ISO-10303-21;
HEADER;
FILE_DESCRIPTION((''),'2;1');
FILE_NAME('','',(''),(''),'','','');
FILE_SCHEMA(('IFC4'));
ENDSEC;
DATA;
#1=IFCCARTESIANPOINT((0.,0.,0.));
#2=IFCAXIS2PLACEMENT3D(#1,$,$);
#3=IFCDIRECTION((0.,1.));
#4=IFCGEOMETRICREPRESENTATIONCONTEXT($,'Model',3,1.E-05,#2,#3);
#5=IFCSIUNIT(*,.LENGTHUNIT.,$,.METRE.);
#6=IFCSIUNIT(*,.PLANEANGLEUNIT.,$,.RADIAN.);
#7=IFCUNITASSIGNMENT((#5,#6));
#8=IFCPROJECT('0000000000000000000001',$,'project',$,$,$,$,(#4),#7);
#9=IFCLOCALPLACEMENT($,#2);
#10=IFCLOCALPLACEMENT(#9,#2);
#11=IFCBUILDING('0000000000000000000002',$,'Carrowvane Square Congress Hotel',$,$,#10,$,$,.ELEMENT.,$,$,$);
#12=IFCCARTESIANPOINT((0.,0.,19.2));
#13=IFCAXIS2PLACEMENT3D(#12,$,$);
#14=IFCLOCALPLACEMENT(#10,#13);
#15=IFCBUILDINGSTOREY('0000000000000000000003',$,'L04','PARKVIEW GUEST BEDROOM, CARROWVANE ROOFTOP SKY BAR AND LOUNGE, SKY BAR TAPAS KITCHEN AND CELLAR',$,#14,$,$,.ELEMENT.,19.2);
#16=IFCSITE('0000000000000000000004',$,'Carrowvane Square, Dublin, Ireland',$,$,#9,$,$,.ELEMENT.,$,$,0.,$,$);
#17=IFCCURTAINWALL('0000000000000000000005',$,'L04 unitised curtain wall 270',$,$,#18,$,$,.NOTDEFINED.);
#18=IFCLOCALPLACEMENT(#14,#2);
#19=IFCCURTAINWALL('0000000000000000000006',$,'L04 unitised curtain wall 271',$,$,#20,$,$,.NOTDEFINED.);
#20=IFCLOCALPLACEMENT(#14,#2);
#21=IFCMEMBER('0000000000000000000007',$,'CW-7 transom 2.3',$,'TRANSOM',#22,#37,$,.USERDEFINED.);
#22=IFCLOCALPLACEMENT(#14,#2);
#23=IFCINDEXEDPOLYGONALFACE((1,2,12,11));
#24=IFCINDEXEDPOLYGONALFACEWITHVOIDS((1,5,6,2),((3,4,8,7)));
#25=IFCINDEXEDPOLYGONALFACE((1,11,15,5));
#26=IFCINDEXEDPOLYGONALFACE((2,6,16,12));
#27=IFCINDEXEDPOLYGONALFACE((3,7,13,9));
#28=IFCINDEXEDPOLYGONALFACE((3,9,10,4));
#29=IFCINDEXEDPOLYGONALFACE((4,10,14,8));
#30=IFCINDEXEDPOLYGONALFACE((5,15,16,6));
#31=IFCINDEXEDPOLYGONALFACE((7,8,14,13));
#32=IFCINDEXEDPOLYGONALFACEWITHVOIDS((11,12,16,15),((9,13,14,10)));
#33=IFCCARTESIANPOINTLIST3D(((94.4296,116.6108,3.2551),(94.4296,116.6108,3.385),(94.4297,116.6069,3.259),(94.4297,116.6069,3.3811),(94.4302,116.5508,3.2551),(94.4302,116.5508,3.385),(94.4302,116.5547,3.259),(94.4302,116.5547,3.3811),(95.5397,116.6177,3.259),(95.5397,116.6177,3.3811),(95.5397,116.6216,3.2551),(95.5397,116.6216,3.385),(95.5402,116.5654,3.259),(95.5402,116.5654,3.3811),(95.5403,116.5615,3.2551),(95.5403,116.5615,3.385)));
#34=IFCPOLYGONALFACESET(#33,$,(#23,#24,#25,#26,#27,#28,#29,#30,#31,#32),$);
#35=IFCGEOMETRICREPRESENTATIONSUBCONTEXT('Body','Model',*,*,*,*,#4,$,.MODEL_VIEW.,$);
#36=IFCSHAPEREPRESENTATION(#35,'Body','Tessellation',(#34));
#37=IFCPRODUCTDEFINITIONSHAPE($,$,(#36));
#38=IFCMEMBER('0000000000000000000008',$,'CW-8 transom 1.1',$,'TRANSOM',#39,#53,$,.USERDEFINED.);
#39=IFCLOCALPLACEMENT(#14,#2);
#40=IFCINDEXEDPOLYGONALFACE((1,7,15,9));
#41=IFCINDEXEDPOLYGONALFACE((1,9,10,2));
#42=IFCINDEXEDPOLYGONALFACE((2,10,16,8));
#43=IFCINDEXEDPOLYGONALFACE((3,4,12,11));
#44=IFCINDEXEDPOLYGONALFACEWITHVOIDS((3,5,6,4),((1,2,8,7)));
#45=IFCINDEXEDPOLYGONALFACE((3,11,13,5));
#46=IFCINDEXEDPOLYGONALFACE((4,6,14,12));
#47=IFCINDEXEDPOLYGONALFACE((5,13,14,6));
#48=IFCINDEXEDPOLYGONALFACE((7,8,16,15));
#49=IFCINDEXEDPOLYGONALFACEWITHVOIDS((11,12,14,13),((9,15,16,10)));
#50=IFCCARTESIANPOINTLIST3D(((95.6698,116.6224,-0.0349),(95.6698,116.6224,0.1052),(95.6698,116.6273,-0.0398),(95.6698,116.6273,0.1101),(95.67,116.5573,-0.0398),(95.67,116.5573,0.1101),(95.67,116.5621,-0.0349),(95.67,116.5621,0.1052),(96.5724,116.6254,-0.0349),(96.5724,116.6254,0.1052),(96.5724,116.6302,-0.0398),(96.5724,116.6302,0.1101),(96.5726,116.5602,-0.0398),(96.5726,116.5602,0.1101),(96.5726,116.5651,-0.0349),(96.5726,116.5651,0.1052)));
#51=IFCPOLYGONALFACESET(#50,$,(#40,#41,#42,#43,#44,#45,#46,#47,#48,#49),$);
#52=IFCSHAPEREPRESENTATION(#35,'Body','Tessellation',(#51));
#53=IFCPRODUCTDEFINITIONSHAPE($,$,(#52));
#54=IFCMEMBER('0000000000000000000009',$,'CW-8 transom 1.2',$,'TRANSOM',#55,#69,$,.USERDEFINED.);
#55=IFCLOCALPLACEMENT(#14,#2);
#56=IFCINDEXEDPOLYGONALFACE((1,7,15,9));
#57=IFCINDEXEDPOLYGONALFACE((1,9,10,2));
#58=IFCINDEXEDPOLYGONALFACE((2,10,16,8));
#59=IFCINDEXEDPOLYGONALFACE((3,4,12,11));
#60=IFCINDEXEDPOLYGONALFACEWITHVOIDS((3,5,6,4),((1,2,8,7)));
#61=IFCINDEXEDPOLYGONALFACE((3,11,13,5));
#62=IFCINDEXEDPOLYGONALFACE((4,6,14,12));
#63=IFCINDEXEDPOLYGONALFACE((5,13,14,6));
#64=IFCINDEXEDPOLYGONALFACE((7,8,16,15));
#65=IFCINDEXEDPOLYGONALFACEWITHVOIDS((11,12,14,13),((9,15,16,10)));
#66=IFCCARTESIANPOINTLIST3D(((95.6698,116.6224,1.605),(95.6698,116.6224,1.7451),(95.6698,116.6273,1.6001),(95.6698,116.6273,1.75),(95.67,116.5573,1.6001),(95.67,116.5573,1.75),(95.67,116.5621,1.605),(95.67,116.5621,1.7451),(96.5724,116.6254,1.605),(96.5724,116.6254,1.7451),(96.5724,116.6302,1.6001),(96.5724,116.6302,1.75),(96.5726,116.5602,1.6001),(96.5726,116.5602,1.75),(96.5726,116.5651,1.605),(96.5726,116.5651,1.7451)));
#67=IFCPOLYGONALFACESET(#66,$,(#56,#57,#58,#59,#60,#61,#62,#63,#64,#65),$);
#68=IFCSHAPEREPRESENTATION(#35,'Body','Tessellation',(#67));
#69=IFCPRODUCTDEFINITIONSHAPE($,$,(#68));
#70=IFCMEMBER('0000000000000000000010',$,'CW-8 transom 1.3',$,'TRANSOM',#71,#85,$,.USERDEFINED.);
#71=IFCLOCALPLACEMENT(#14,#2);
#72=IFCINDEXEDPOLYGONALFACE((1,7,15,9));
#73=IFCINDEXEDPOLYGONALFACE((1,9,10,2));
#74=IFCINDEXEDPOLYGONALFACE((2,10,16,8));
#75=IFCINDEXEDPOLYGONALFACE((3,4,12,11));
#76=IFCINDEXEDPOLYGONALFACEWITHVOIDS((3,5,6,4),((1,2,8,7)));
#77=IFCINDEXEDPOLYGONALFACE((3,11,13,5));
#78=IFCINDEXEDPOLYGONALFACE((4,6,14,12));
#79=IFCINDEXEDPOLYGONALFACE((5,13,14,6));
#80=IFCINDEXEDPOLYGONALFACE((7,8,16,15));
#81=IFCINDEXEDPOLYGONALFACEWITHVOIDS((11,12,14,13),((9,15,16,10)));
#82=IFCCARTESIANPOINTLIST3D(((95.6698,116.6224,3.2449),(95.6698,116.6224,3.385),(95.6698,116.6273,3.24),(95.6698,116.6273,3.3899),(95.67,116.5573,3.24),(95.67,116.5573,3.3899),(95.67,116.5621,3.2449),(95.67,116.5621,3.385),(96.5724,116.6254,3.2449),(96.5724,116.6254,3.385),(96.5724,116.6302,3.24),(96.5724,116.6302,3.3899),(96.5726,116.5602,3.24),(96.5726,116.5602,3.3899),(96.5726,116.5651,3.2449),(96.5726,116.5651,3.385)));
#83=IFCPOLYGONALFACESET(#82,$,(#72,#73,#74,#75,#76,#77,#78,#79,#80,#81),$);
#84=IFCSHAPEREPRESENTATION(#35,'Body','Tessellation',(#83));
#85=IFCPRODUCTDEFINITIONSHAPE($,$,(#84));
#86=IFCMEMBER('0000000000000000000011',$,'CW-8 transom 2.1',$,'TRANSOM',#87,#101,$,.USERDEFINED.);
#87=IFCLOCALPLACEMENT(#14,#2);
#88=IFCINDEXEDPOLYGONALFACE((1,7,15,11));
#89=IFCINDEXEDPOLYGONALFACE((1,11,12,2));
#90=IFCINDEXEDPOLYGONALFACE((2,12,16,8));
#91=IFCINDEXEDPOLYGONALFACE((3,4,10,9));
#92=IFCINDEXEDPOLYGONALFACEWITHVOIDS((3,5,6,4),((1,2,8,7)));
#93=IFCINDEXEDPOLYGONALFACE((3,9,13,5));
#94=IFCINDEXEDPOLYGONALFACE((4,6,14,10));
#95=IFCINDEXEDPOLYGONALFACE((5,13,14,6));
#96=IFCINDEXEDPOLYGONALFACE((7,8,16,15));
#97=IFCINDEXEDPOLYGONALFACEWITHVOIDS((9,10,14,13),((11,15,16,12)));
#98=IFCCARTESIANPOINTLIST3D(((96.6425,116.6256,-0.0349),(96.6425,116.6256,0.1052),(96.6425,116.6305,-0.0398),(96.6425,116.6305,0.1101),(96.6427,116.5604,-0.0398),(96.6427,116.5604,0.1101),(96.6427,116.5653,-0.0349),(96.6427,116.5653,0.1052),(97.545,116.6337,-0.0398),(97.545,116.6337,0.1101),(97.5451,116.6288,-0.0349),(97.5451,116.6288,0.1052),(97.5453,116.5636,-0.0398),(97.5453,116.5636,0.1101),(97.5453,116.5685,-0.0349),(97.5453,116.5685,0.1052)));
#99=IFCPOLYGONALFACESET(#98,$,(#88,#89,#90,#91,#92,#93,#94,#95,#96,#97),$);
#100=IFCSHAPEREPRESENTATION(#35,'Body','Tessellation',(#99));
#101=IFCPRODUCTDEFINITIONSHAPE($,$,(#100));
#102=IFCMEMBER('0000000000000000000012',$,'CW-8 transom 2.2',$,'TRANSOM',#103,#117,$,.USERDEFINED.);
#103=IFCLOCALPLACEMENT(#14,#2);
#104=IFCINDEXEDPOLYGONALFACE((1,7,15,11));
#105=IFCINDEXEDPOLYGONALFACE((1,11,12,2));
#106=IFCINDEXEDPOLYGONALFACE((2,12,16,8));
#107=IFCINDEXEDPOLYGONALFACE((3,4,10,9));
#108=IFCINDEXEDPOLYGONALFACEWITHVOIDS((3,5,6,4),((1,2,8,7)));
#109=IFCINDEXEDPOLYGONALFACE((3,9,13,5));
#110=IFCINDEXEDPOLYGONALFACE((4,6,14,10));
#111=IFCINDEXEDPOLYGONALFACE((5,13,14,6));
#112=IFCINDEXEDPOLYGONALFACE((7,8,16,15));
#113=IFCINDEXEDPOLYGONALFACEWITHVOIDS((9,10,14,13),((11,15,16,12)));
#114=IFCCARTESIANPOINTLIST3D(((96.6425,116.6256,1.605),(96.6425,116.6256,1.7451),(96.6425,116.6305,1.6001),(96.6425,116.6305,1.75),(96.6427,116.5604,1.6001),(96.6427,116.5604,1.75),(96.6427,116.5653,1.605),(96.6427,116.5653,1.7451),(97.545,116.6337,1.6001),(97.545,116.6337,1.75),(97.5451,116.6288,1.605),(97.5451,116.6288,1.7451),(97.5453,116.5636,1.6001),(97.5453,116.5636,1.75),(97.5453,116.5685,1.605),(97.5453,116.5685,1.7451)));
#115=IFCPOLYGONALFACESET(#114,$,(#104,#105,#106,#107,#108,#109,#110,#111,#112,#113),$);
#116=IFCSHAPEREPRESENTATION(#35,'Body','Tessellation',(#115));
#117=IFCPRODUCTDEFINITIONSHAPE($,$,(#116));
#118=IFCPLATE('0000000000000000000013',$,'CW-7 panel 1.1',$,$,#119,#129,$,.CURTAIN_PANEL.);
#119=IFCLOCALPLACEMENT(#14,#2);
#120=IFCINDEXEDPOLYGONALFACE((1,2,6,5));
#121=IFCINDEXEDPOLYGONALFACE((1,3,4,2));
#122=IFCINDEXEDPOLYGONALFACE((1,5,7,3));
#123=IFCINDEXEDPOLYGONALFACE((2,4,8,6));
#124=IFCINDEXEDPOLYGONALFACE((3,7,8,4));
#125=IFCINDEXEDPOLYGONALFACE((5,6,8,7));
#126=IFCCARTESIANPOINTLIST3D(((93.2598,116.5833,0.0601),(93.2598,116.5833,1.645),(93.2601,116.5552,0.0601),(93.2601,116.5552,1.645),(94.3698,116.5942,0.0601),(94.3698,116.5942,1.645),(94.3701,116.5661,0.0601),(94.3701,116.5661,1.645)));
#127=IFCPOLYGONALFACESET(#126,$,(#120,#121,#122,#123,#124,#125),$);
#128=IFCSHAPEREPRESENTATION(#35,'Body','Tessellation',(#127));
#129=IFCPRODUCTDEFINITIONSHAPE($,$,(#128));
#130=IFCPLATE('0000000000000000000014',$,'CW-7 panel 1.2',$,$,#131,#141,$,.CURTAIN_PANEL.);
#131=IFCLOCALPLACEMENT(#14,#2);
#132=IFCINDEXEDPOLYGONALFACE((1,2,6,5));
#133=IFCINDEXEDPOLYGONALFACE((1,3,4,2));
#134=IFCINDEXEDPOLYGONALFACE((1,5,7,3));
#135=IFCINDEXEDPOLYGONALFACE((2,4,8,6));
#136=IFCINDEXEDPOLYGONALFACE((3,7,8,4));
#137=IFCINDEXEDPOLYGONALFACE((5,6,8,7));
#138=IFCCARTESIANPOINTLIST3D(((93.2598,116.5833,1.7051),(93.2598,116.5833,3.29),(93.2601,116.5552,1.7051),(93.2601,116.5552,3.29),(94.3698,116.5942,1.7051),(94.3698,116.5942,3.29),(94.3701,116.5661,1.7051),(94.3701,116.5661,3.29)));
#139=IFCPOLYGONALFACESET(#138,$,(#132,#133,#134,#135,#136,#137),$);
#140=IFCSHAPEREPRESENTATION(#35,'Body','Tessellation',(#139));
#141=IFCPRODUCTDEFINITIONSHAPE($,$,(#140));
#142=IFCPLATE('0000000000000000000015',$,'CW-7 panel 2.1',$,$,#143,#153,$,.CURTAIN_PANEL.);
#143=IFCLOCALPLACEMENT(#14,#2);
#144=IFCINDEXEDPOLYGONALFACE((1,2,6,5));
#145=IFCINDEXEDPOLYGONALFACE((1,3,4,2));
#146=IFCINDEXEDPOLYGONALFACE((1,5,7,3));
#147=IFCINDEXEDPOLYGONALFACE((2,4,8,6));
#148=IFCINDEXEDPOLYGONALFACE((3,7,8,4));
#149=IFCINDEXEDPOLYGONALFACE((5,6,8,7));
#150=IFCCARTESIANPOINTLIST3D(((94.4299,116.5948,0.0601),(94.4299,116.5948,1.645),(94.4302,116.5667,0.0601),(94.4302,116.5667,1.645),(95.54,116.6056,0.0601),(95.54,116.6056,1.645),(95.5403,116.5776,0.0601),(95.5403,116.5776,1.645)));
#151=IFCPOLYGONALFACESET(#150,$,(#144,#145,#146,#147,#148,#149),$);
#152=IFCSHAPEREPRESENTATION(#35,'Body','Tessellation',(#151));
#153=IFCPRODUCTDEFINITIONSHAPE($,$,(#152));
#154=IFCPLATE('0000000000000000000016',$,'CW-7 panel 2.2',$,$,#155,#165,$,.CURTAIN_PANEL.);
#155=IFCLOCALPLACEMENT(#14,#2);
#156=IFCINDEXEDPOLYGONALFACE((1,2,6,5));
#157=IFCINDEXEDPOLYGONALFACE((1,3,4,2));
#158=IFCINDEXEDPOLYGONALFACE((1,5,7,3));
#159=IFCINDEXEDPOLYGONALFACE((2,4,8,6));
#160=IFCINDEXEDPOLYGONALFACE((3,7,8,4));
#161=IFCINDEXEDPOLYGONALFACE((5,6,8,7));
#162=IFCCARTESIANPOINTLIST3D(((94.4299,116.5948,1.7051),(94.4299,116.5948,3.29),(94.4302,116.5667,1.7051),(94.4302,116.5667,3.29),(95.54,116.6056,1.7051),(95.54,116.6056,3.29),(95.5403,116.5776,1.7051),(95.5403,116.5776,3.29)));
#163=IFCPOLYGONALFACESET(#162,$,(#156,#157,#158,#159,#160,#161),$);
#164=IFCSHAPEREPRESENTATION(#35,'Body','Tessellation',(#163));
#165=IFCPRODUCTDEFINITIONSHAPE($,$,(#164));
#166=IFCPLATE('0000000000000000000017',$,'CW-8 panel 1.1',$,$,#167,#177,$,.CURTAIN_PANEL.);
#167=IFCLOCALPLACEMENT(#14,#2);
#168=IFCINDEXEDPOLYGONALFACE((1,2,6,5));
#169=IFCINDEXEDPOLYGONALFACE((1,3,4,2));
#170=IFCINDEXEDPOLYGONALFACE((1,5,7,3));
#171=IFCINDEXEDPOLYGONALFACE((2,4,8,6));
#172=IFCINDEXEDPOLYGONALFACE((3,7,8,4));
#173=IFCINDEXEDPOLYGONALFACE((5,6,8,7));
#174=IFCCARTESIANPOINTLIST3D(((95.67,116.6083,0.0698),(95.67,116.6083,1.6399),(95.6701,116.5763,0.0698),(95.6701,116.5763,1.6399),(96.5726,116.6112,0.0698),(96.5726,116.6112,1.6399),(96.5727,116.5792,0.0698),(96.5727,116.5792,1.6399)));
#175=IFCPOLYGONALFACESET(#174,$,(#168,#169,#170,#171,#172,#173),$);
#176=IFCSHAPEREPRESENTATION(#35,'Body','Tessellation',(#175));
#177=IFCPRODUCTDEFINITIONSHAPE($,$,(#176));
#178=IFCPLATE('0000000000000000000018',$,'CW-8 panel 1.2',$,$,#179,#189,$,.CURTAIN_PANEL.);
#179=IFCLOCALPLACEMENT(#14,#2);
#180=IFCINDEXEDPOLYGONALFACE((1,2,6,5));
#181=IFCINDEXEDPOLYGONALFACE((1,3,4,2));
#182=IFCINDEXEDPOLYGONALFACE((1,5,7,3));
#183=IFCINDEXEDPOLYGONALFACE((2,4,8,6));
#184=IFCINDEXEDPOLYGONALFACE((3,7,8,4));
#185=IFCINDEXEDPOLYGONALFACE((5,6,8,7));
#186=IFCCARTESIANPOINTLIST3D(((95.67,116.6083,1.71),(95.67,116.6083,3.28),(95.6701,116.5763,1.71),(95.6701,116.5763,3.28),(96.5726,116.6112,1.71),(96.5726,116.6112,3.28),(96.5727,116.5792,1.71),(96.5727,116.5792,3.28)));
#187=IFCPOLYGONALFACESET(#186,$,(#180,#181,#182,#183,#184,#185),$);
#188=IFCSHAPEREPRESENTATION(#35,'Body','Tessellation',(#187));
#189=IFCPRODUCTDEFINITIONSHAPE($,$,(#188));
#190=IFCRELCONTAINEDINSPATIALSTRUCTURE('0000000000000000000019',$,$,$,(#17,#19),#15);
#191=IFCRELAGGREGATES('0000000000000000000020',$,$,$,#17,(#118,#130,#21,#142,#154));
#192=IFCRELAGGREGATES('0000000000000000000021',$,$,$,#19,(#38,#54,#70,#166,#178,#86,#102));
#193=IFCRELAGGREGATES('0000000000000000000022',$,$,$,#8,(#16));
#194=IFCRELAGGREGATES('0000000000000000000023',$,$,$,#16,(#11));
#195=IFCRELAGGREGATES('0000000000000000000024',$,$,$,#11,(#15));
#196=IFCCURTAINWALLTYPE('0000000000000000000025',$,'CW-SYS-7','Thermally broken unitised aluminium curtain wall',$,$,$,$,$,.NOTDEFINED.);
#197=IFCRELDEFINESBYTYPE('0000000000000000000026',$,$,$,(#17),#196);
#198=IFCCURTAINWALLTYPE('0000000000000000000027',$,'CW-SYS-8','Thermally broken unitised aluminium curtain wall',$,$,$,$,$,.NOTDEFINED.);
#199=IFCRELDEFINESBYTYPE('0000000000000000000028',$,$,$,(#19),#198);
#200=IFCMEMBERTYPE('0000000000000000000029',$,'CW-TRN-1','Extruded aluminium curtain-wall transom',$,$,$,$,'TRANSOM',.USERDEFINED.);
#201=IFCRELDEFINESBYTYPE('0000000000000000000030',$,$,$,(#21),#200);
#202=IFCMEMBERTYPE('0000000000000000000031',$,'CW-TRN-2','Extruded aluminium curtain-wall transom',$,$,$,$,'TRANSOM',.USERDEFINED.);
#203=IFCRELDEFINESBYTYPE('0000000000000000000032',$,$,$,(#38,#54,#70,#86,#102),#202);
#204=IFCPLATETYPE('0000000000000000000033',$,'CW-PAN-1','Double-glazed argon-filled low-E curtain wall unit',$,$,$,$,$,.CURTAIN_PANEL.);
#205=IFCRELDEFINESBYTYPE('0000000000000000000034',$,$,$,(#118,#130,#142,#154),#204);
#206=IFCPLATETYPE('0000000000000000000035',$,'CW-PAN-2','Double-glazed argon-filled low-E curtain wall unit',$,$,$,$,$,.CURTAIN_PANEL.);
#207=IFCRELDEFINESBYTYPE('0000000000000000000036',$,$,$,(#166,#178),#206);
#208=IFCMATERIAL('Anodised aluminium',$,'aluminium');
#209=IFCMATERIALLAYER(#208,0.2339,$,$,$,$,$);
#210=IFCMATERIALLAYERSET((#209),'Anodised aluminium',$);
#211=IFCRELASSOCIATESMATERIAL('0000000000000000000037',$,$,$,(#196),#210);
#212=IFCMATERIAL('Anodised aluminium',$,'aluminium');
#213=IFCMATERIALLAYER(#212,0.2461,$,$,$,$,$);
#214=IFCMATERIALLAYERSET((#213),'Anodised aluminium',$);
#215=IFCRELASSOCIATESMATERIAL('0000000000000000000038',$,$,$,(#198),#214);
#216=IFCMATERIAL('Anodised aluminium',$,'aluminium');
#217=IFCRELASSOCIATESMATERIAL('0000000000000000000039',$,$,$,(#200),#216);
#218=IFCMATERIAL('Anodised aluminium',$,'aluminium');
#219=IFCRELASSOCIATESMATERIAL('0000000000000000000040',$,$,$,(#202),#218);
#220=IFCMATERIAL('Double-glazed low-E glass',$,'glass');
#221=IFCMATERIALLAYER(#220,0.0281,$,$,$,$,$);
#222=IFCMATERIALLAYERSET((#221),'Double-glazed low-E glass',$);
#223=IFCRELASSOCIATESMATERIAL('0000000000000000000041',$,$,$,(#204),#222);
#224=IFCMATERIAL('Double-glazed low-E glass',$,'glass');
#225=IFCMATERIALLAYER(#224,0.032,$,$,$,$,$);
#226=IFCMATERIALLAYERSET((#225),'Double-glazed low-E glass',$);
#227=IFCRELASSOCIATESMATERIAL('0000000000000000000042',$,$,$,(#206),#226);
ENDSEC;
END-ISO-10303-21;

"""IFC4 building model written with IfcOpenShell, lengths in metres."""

from ifc_helpers import new_model, si_unit, direction, frame, origin, origin_2d, place, context, subcontext, project, spatial, rectangle, hollow_rectangle, extrude, material, layer, layer_set, material_profile, profile_set, type_object, element, aggregate, save


model = new_model("IFC4")

# Units and contexts
model_context = context("Model", 3, precision=1e-05, world=origin(), true_north=direction((0.0, 1.0)))
body_context = subcontext(model_context, "Body", "Model", "MODEL_VIEW")
ifc_project = project(units=[si_unit("LENGTHUNIT", "METRE"), si_unit("PLANEANGLEUNIT", "RADIAN")], contexts=[model_context])

# Site, building, storey
site_placement = place(None, origin())
site = spatial("IfcSite", under=ifc_project, at=site_placement, Name="Carrowvane Square, Dublin, Ireland", CompositionType="ELEMENT", RefElevation=0.0)
building_placement = place(site_placement, origin())
building = spatial("IfcBuilding", under=site, at=building_placement, Name="Carrowvane Square Congress Hotel", CompositionType="ELEMENT")
storey_placement = place(building_placement, frame((0.0, 0.0, 19.2)))
storey = spatial("IfcBuildingStorey", under=building, at=storey_placement, Name="L04", Description="PARKVIEW GUEST BEDROOM, CARROWVANE ROOFTOP SKY BAR AND LOUNGE, SKY BAR TAPAS KITCHEN AND CELLAR", CompositionType="ELEMENT", Elevation=19.2)

# Curtain walls
ifc_material_1 = material(Name="Anodised aluminium", Category="aluminium")
ifc_layer_1 = layer(ifc_material_1, 0.2339)
ifc_layer_set_1 = layer_set([ifc_layer_1], Name="Anodised aluminium")
curtain_wall_type_1 = type_object("IfcCurtainWallType", Name="CW-SYS-7", Description="Thermally broken unitised aluminium curtain wall", PredefinedType="NOTDEFINED", material=ifc_layer_set_1)
curtain_wall_1_placement = place(storey_placement, origin())
curtain_wall_1 = element("IfcCurtainWall", 1, at=curtain_wall_1_placement, inside=storey, type_object=curtain_wall_type_1, Name="L04 unitised curtain wall 270", PredefinedType="NOTDEFINED")
ifc_material_2 = material(Name="Anodised aluminium", Category="aluminium")
ifc_layer_2 = layer(ifc_material_2, 0.2461)
ifc_layer_set_2 = layer_set([ifc_layer_2], Name="Anodised aluminium")
curtain_wall_type_2 = type_object("IfcCurtainWallType", Name="CW-SYS-8", Description="Thermally broken unitised aluminium curtain wall", PredefinedType="NOTDEFINED", material=ifc_layer_set_2)
curtain_wall_2_placement = place(storey_placement, origin())
curtain_wall_2 = element("IfcCurtainWall", 2, at=curtain_wall_2_placement, inside=storey, type_object=curtain_wall_type_2, Name="L04 unitised curtain wall 271", PredefinedType="NOTDEFINED")

# Members
ifc_material_3 = material(Name="Anodised aluminium", Category="aluminium")
ifc_material_profile_1 = material_profile(ifc_material_3, hollow_rectangle(XDim=0.0601, YDim=0.1299, WallThickness=0.0039, at=origin_2d()), Name="CW-TR 60x130x4")
ifc_profile_set_1 = profile_set([ifc_material_profile_1], Name="Anodised aluminium")
member_type_1 = type_object("IfcMemberType", Name="CW-TRN-1", Description="Extruded aluminium curtain-wall transom", ElementType="TRANSOM", PredefinedType="USERDEFINED", material=ifc_profile_set_1)
member_1_placement = place(storey_placement, frame((94.4299, 116.5808, 3.3201), z_axis=(0.999953, 0.009676, 0.0), x_axis=(-0.009676, 0.999953, 0.0)))
member_1 = element("IfcMember", 3, at=member_1_placement, type_object=member_type_1, Name="CW-7 transom 2.3", ObjectType="TRANSOM", PredefinedType="USERDEFINED", context=body_context, shape_type="SweptSolid", body=[
    extrude(hollow_rectangle(XDim=0.0601, YDim=0.1299, WallThickness=0.0039, at=origin_2d()), origin(), (0.0, 0.0, 1.0), 1.1101),
])
ifc_material_4 = material(Name="Anodised aluminium", Category="aluminium")
ifc_material_profile_2 = material_profile(ifc_material_4, hollow_rectangle(XDim=0.0701, YDim=0.1499, WallThickness=0.0049, at=origin_2d()), Name="CW-TR 70x150x5")
ifc_profile_set_2 = profile_set([ifc_material_profile_2], Name="Anodised aluminium")
member_type_2 = type_object("IfcMemberType", Name="CW-TRN-2", Description="Extruded aluminium curtain-wall transom", ElementType="TRANSOM", PredefinedType="USERDEFINED", material=ifc_profile_set_2)
member_2_placement = place(storey_placement, frame((95.6699, 116.5923, 0.0352), z_axis=(0.999995, 0.003246, 0.0), x_axis=(-0.003246, 0.999995, 0.0)))
member_2 = element("IfcMember", 4, at=member_2_placement, type_object=member_type_2, Name="CW-8 transom 1.1", ObjectType="TRANSOM", PredefinedType="USERDEFINED", context=body_context, shape_type="SweptSolid", body=[
    extrude(hollow_rectangle(XDim=0.0701, YDim=0.1499, WallThickness=0.0049, at=origin_2d()), origin(), (0.0, 0.0, 1.0), 0.9026),
])
member_3_placement = place(storey_placement, frame((95.6699, 116.5923, 1.675), z_axis=(0.999995, 0.003246, 0.0), x_axis=(-0.003246, 0.999995, 0.0)))
member_3 = element("IfcMember", 5, at=member_3_placement, type_object=member_type_2, Name="CW-8 transom 1.2", ObjectType="TRANSOM", PredefinedType="USERDEFINED", context=body_context, shape_type="SweptSolid", body=[
    extrude(hollow_rectangle(XDim=0.0701, YDim=0.1499, WallThickness=0.0049, at=origin_2d()), origin(), (0.0, 0.0, 1.0), 0.9026),
])
member_4_placement = place(storey_placement, frame((95.6699, 116.5923, 3.3149), z_axis=(0.999995, 0.003246, 0.0), x_axis=(-0.003246, 0.999995, 0.0)))
member_4 = element("IfcMember", 6, at=member_4_placement, type_object=member_type_2, Name="CW-8 transom 1.3", ObjectType="TRANSOM", PredefinedType="USERDEFINED", context=body_context, shape_type="SweptSolid", body=[
    extrude(hollow_rectangle(XDim=0.0701, YDim=0.1499, WallThickness=0.0049, at=origin_2d()), origin(), (0.0, 0.0, 1.0), 0.9026),
])
member_5_placement = place(storey_placement, frame((96.6426, 116.5955, 0.0352), z_axis=(0.999994, 0.003516, 0.0), x_axis=(-0.003516, 0.999994, 0.0)))
member_5 = element("IfcMember", 7, at=member_5_placement, type_object=member_type_2, Name="CW-8 transom 2.1", ObjectType="TRANSOM", PredefinedType="USERDEFINED", context=body_context, shape_type="SweptSolid", body=[
    extrude(hollow_rectangle(XDim=0.0701, YDim=0.1499, WallThickness=0.0049, at=origin_2d()), origin(), (0.0, 0.0, 1.0), 0.9026),
])
member_6_placement = place(storey_placement, frame((96.6426, 116.5955, 1.675), z_axis=(0.999994, 0.003516, 0.0), x_axis=(-0.003516, 0.999994, 0.0)))
member_6 = element("IfcMember", 8, at=member_6_placement, type_object=member_type_2, Name="CW-8 transom 2.2", ObjectType="TRANSOM", PredefinedType="USERDEFINED", context=body_context, shape_type="SweptSolid", body=[
    extrude(hollow_rectangle(XDim=0.0701, YDim=0.1499, WallThickness=0.0049, at=origin_2d()), origin(), (0.0, 0.0, 1.0), 0.9026),
])

# Plates
ifc_material_5 = material(Name="Double-glazed low-E glass", Category="glass")
ifc_layer_3 = layer(ifc_material_5, 0.0281)
ifc_layer_set_3 = layer_set([ifc_layer_3], Name="Double-glazed low-E glass")
plate_type_1 = type_object("IfcPlateType", Name="CW-PAN-1", Description="Double-glazed argon-filled low-E curtain wall unit", PredefinedType="CURTAIN_PANEL", material=ifc_layer_set_3)
plate_1_placement = place(storey_placement, frame((93.8149, 116.5747, 0.0601), z_axis=(0.0, 0.0, 1.0), x_axis=(0.999952, 0.009783, 0.0)))
plate_1 = element("IfcPlate", 9, at=plate_1_placement, type_object=plate_type_1, Name="CW-7 panel 1.1", PredefinedType="CURTAIN_PANEL", context=body_context, shape_type="SweptSolid", body=[
    extrude(rectangle(XDim=1.1101, YDim=0.0281, at=origin_2d()), origin(), (0.0, 0.0, 1.0), 1.585),
])
plate_2_placement = place(storey_placement, frame((93.8149, 116.5747, 1.7051), z_axis=(0.0, 0.0, 1.0), x_axis=(0.999952, 0.009783, 0.0)))
plate_2 = element("IfcPlate", 10, at=plate_2_placement, type_object=plate_type_1, Name="CW-7 panel 1.2", PredefinedType="CURTAIN_PANEL", context=body_context, shape_type="SweptSolid", body=[
    extrude(rectangle(XDim=1.1101, YDim=0.0281, at=origin_2d()), origin(), (0.0, 0.0, 1.0), 1.585),
])
plate_3_placement = place(storey_placement, frame((94.9851, 116.5862, 0.0601), z_axis=(0.0, 0.0, 1.0), x_axis=(0.999952, 0.009783, 0.0)))
plate_3 = element("IfcPlate", 11, at=plate_3_placement, type_object=plate_type_1, Name="CW-7 panel 2.1", PredefinedType="CURTAIN_PANEL", context=body_context, shape_type="SweptSolid", body=[
    extrude(rectangle(XDim=1.1101, YDim=0.0281, at=origin_2d()), origin(), (0.0, 0.0, 1.0), 1.585),
])
plate_4_placement = place(storey_placement, frame((94.9851, 116.5862, 1.7051), z_axis=(0.0, 0.0, 1.0), x_axis=(0.999952, 0.009783, 0.0)))
plate_4 = element("IfcPlate", 12, at=plate_4_placement, type_object=plate_type_1, Name="CW-7 panel 2.2", PredefinedType="CURTAIN_PANEL", context=body_context, shape_type="SweptSolid", body=[
    extrude(rectangle(XDim=1.1101, YDim=0.0281, at=origin_2d()), origin(), (0.0, 0.0, 1.0), 1.585),
])
aggregate(curtain_wall_1, [plate_1, plate_2, member_1, plate_3, plate_4])
ifc_material_6 = material(Name="Double-glazed low-E glass", Category="glass")
ifc_layer_4 = layer(ifc_material_6, 0.032)
ifc_layer_set_4 = layer_set([ifc_layer_4], Name="Double-glazed low-E glass")
plate_type_2 = type_object("IfcPlateType", Name="CW-PAN-2", Description="Double-glazed argon-filled low-E curtain wall unit", PredefinedType="CURTAIN_PANEL", material=ifc_layer_set_4)
plate_5_placement = place(storey_placement, frame((96.1213, 116.5938, 0.0698), z_axis=(0.0, 0.0, 1.0), x_axis=(0.999995, 0.00327, 0.0)))
plate_5 = element("IfcPlate", 13, at=plate_5_placement, type_object=plate_type_2, Name="CW-8 panel 1.1", PredefinedType="CURTAIN_PANEL", context=body_context, shape_type="SweptSolid", body=[
    extrude(rectangle(XDim=0.9026, YDim=0.032, at=origin_2d()), origin(), (0.0, 0.0, 1.0), 1.5701),
])
plate_6_placement = place(storey_placement, frame((96.1213, 116.5938, 1.71), z_axis=(0.0, 0.0, 1.0), x_axis=(0.999995, 0.00327, 0.0)))
plate_6 = element("IfcPlate", 14, at=plate_6_placement, type_object=plate_type_2, Name="CW-8 panel 1.2", PredefinedType="CURTAIN_PANEL", context=body_context, shape_type="SweptSolid", body=[
    extrude(rectangle(XDim=0.9026, YDim=0.032, at=origin_2d()), origin(), (0.0, 0.0, 1.0), 1.5701),
])
aggregate(curtain_wall_2, [member_2, member_3, member_4, plate_5, plate_6, member_5, member_6])

save(model, "model.ifc")
